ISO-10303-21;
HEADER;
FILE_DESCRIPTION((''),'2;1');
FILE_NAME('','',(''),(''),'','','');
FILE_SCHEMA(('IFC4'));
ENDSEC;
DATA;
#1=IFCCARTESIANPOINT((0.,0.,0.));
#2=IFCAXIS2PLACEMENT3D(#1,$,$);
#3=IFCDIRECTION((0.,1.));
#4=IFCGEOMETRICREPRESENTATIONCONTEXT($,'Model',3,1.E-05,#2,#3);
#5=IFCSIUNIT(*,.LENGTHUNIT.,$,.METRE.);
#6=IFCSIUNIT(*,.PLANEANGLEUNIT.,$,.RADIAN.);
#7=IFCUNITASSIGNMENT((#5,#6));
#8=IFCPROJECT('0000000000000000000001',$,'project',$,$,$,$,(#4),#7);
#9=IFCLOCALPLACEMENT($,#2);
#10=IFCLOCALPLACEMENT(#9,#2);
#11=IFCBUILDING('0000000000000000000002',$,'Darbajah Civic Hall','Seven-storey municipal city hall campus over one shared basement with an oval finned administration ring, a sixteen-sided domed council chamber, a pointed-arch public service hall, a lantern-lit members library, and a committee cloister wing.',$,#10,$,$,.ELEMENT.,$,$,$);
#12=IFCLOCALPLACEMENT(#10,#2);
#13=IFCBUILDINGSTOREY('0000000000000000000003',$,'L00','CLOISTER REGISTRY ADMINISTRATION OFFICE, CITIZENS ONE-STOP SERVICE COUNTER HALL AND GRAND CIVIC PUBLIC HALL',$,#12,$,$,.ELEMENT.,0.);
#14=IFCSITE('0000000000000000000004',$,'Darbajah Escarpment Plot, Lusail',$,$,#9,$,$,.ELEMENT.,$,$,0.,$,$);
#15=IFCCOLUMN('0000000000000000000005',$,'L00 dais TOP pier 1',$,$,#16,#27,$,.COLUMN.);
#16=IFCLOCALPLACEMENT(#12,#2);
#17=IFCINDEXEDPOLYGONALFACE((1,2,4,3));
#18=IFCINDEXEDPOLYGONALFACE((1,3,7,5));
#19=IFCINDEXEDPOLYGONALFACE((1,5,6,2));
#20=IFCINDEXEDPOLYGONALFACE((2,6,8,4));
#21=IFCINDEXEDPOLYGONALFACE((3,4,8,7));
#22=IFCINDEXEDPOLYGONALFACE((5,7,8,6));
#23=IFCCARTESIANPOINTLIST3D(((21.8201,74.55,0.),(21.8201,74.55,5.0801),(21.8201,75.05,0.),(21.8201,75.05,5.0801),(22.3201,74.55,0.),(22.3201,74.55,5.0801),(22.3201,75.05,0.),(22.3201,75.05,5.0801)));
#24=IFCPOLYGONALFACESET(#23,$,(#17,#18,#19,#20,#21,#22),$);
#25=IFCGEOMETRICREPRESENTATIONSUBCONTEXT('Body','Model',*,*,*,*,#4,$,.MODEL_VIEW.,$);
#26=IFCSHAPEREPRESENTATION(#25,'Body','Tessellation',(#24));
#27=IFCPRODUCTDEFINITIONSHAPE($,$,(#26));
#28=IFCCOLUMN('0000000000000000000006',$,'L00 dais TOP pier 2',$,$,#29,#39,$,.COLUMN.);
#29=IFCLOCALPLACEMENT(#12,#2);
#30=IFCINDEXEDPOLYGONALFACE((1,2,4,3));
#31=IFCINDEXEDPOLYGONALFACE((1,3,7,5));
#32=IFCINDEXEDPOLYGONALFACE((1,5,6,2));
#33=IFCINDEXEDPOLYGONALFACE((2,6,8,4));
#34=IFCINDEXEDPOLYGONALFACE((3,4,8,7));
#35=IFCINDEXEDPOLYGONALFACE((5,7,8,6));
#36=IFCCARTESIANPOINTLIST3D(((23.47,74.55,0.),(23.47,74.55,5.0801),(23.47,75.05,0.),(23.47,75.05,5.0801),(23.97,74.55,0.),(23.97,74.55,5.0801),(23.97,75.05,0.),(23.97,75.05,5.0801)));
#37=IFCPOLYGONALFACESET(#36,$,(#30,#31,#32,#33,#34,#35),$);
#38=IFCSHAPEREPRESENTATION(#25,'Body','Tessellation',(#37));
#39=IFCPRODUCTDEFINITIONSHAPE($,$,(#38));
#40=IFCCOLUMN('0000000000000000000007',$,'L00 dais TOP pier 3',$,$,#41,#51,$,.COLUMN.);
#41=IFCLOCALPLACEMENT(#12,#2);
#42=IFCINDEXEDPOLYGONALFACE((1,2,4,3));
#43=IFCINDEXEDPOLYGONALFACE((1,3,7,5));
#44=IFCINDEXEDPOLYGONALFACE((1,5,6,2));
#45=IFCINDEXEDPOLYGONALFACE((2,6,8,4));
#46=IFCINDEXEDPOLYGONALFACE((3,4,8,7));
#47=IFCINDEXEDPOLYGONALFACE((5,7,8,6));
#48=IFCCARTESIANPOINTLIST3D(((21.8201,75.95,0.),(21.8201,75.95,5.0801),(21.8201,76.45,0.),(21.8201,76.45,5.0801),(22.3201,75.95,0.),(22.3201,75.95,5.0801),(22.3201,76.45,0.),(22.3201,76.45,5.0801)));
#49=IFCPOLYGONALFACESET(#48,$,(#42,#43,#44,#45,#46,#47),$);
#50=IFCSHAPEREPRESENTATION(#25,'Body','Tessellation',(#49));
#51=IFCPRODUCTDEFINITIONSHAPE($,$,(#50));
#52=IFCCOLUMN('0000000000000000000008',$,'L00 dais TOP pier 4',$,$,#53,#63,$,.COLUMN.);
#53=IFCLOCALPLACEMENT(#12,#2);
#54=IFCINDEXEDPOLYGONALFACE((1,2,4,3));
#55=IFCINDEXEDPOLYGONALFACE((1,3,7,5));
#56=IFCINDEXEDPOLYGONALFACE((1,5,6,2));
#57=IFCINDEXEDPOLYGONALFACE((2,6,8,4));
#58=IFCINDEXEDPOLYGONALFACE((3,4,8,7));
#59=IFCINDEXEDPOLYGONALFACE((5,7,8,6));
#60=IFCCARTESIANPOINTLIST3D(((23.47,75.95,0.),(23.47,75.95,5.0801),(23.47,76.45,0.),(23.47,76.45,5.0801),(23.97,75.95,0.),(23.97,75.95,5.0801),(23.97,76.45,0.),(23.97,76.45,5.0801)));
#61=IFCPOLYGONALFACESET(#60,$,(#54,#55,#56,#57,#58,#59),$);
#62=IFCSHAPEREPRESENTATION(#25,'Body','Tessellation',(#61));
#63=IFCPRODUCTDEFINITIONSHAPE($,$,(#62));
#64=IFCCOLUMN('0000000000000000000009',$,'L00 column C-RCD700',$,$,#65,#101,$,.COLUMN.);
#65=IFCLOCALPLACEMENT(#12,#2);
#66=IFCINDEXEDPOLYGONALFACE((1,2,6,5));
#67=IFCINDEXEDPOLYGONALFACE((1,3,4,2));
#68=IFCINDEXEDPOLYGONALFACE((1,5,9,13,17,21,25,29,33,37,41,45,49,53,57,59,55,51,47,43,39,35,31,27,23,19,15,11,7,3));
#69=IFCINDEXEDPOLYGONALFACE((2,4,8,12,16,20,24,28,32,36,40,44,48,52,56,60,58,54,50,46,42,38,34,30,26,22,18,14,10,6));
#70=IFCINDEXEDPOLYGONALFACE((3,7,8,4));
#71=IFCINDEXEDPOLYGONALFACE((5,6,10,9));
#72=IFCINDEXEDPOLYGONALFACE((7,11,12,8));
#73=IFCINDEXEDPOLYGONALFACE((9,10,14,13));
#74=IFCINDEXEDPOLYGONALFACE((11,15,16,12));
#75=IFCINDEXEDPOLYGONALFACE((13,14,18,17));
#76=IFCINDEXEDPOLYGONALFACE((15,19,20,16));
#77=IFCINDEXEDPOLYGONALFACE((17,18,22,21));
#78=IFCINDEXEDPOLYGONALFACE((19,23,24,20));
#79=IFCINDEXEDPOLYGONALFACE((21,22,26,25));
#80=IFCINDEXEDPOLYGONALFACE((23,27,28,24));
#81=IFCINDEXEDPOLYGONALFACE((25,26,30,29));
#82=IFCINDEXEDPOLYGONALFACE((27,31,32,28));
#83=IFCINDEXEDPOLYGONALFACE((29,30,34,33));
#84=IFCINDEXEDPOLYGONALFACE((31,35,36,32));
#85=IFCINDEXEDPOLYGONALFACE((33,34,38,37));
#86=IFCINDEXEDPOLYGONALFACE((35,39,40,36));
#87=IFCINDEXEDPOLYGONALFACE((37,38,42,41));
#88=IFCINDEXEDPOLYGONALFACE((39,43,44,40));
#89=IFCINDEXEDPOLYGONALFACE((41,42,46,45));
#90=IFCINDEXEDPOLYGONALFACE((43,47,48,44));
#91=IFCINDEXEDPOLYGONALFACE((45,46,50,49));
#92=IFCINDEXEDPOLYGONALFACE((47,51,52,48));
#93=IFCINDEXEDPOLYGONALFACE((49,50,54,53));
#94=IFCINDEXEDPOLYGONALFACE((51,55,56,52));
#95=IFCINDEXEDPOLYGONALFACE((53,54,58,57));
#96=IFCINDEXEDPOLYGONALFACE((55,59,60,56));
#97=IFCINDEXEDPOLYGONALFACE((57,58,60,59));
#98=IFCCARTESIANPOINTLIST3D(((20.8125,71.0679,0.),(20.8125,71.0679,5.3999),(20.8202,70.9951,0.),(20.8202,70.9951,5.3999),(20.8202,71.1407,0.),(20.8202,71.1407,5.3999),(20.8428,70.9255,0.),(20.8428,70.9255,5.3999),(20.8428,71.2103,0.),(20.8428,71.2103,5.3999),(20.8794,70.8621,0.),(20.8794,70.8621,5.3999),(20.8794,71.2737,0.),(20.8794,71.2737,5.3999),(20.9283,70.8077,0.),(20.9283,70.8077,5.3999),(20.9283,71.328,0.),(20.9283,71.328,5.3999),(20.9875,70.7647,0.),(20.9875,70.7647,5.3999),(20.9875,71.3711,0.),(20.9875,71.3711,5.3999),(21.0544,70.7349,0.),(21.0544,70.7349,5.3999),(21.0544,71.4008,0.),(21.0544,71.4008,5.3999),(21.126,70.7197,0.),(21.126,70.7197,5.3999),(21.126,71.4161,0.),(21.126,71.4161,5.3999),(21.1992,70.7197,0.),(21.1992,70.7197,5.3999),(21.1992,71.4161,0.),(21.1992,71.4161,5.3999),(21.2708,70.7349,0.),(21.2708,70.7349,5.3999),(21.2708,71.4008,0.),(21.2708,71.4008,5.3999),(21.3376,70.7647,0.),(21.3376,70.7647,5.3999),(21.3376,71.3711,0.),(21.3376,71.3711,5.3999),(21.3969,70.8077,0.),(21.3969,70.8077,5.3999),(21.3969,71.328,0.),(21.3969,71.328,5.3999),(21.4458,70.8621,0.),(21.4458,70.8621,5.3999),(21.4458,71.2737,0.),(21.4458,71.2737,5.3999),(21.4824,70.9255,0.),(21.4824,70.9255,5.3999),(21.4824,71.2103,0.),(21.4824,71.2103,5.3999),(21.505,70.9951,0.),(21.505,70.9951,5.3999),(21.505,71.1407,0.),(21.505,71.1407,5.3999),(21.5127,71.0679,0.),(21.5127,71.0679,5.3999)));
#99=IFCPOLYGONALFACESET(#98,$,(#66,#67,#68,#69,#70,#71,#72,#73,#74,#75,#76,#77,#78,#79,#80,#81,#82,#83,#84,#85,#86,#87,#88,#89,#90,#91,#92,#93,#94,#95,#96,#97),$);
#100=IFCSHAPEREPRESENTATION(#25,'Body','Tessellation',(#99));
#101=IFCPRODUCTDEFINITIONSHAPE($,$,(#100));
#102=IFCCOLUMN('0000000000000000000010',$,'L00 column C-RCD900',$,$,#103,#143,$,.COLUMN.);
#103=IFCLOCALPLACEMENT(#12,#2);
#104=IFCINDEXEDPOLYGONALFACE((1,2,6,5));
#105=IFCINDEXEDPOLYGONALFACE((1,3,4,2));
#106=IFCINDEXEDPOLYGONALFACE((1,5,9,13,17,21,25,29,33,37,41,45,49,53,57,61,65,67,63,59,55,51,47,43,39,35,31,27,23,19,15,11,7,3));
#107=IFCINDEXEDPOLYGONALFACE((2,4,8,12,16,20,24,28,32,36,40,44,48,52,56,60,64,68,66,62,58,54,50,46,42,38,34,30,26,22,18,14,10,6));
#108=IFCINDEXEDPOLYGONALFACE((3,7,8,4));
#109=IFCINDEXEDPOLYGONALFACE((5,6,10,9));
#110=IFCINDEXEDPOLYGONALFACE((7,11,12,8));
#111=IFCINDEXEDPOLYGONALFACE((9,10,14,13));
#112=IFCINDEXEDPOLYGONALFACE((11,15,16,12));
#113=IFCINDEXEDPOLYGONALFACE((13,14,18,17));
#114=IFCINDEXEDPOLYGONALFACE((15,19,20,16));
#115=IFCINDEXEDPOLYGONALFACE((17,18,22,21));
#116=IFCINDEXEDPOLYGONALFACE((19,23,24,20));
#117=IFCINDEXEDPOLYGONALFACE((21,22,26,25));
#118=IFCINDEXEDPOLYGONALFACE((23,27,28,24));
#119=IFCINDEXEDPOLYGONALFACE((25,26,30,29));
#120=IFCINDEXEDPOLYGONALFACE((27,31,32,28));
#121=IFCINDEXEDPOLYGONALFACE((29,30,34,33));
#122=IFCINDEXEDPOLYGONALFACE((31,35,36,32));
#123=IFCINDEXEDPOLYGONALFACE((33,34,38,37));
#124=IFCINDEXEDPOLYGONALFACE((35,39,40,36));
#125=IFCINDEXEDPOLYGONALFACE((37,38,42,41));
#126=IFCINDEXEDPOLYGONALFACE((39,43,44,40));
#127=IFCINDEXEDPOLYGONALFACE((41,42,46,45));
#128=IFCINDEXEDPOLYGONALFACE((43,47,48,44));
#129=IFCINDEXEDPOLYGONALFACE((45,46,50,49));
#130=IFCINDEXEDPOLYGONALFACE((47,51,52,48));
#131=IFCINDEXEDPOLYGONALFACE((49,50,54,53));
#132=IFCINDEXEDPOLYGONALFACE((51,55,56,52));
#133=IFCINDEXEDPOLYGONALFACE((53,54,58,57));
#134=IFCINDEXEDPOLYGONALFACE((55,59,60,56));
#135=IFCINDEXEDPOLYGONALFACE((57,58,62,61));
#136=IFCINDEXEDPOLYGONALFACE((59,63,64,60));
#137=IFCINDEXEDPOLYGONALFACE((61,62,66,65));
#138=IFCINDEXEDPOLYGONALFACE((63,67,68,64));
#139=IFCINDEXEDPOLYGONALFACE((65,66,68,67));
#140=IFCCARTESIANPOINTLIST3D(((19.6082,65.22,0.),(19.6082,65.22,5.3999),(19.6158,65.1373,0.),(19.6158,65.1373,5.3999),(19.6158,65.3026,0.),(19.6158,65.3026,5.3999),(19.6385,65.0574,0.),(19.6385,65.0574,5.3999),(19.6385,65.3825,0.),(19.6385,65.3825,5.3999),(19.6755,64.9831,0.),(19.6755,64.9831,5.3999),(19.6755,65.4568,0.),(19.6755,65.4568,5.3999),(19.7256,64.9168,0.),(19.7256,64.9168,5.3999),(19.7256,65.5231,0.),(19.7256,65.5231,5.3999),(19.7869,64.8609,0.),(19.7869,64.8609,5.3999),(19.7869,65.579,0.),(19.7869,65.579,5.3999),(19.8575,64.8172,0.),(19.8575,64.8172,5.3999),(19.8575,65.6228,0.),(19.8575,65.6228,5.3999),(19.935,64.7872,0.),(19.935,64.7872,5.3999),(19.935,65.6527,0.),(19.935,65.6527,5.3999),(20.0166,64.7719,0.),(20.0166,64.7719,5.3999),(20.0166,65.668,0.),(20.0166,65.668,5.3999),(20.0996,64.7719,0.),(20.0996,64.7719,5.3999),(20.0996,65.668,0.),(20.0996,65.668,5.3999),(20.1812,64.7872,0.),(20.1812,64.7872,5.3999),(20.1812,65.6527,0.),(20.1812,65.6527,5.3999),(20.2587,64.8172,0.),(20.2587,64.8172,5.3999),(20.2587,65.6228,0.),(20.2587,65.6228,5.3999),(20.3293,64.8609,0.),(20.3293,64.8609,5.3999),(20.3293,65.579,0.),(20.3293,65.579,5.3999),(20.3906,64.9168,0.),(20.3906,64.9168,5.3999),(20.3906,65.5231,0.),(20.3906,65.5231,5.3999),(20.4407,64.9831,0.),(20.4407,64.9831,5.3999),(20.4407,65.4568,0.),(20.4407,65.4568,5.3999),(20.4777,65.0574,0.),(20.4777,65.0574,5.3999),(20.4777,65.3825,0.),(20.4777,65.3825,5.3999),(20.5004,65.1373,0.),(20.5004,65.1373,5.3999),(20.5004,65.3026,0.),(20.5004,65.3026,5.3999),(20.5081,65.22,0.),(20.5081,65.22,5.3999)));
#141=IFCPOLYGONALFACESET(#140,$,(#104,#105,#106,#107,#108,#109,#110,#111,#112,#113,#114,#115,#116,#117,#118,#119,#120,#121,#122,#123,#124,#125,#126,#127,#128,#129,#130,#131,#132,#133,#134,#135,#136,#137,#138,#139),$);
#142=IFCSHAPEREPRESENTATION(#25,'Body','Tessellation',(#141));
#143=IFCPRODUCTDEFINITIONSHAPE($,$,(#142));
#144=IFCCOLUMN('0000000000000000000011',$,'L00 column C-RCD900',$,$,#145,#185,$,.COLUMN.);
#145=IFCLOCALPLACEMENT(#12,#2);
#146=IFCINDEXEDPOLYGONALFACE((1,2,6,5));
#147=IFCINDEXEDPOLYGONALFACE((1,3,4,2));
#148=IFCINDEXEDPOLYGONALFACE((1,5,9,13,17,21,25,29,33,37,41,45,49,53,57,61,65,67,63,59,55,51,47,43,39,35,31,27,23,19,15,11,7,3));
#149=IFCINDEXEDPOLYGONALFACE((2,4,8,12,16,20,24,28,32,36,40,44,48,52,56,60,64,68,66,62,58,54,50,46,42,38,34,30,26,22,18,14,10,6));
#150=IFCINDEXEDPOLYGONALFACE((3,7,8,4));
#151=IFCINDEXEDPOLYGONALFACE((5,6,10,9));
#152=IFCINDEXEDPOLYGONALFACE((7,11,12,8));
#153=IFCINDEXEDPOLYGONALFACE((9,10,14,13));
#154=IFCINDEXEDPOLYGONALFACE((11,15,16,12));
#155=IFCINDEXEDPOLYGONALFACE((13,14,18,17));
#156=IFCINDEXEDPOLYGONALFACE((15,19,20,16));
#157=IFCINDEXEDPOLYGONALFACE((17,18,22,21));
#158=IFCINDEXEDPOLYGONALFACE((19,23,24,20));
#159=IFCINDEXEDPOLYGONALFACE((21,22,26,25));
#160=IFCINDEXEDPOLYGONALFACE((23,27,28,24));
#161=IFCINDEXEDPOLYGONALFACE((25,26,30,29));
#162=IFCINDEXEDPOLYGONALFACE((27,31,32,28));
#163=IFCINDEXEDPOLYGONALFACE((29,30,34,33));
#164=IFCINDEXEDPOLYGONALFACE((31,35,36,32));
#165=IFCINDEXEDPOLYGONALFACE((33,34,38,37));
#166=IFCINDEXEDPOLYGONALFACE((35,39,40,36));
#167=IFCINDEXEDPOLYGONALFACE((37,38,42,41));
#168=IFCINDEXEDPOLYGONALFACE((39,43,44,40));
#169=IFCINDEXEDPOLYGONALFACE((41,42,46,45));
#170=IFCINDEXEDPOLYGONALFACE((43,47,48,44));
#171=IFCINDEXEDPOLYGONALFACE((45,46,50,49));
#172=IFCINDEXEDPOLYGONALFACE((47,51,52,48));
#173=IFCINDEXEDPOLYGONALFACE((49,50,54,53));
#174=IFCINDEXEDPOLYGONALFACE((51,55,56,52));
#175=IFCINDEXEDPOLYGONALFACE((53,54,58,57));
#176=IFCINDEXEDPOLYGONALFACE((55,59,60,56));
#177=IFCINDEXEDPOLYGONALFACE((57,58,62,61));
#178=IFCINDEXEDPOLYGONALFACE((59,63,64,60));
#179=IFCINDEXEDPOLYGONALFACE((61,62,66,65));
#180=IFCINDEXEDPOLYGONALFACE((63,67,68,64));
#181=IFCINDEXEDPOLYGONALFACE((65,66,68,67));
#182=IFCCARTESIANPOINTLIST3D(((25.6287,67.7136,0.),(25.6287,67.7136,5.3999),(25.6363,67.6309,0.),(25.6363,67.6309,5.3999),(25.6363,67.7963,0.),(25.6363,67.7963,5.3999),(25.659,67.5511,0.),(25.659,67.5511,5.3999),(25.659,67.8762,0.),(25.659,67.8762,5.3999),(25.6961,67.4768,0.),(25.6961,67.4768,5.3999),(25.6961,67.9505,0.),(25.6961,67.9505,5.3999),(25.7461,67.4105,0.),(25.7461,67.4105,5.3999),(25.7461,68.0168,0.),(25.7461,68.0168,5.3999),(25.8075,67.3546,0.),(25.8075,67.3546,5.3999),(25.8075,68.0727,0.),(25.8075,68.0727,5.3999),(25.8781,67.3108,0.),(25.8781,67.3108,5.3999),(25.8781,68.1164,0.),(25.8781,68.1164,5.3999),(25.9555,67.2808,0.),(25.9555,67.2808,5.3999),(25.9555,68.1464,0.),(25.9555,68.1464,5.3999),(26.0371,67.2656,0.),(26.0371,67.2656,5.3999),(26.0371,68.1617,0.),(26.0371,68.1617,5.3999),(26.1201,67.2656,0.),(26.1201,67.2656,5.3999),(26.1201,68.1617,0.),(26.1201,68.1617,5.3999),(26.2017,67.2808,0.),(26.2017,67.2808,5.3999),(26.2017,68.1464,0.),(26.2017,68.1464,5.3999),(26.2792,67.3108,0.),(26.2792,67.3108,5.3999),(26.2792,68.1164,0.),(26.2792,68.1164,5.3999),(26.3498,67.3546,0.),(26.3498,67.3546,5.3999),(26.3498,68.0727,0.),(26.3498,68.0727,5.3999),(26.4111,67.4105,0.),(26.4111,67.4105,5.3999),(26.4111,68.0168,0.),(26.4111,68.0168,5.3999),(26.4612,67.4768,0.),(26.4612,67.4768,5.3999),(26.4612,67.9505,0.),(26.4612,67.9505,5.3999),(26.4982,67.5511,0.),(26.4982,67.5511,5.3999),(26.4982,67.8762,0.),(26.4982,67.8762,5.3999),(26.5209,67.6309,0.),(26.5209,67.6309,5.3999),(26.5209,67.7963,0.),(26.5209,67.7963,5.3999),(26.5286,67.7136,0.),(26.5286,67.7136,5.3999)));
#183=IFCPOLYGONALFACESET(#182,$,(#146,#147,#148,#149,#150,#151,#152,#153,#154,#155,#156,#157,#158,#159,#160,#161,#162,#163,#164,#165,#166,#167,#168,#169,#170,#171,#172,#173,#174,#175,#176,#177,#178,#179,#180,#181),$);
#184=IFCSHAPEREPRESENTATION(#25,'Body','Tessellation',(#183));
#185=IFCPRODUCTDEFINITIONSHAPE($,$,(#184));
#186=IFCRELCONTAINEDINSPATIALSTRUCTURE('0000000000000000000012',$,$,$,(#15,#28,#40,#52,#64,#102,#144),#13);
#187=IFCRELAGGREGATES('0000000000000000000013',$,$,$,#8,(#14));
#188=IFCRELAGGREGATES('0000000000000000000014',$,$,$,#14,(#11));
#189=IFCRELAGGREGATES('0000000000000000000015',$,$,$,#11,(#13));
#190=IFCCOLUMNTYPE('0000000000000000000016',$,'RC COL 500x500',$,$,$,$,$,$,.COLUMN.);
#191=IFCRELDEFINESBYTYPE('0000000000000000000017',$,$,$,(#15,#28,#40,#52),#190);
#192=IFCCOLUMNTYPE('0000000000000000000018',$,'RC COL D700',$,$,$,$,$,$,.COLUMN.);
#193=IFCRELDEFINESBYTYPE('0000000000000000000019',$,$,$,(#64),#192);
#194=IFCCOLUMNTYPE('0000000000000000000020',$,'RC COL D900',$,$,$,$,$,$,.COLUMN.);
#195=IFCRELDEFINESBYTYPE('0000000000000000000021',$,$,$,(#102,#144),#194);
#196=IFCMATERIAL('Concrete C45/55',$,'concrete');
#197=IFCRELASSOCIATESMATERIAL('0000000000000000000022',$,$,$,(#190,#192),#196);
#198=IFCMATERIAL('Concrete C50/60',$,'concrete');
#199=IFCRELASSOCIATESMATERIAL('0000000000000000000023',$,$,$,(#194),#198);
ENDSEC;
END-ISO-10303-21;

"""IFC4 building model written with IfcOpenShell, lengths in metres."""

from ifc_helpers import new_model, si_unit, direction, frame, origin, origin_2d, place, context, subcontext, project, spatial, rectangle, circle, extrude, material, material_profile, profile_set, type_object, element, save


model = new_model("IFC4")

# Units and contexts
model_context = context("Model", 3, precision=1e-05, world=origin(), true_north=direction((0.0, 1.0)))
body_context = subcontext(model_context, "Body", "Model", "MODEL_VIEW")
ifc_project = project(units=[si_unit("LENGTHUNIT", "METRE"), si_unit("PLANEANGLEUNIT", "RADIAN")], contexts=[model_context])

# Site, building, storey
site_placement = place(None, origin())
site = spatial("IfcSite", under=ifc_project, at=site_placement, Name="Darbajah Escarpment Plot, Lusail", CompositionType="ELEMENT", RefElevation=0.0)
building_placement = place(site_placement, origin())
building = spatial("IfcBuilding", under=site, at=building_placement, Name="Darbajah Civic Hall", Description="Seven-storey municipal city hall campus over one shared basement with an oval finned administration ring, a sixteen-sided domed council chamber, a pointed-arch public service hall, a lantern-lit members library, and a committee cloister wing.", CompositionType="ELEMENT")
storey_placement = place(building_placement, origin())
storey = spatial("IfcBuildingStorey", under=building, at=storey_placement, Name="L00", Description="CLOISTER REGISTRY ADMINISTRATION OFFICE, CITIZENS ONE-STOP SERVICE COUNTER HALL AND GRAND CIVIC PUBLIC HALL", CompositionType="ELEMENT", Elevation=0.0)

# Columns
ifc_material_1 = material(Name="Concrete C45/55", Category="concrete")
ifc_material_profile_1 = material_profile(ifc_material_1, rectangle(XDim=0.5, YDim=0.5, at=origin_2d()), Name="RC COL 500x500")
ifc_profile_set_1 = profile_set([ifc_material_profile_1], Name="Concrete C45/55")
column_type_1 = type_object("IfcColumnType", Name="RC COL 500x500", PredefinedType="COLUMN", material=ifc_profile_set_1)
for number, where, z_axis, x_axis, name in (
    (1, (22.0701, 74.8, 0.0), (0.0, 0.0, 1.0), (1.0, 0.0, 0.0), "L00 dais TOP pier 1"),
    (2, (23.72, 74.8, 0.0), (0.0, 0.0, 1.0), (1.0, 0.0, 0.0), "L00 dais TOP pier 2"),
    (3, (22.0701, 76.2, 0.0), (0.0, 0.0, 1.0), (1.0, 0.0, 0.0), "L00 dais TOP pier 3"),
    (4, (23.72, 76.2, 0.0), (0.0, 0.0, 1.0), (1.0, 0.0, 0.0), "L00 dais TOP pier 4"),
):
    element("IfcColumn", number, at=place(storey_placement, frame(where, z_axis=z_axis, x_axis=x_axis)), inside=storey, type_object=column_type_1, Name=name, PredefinedType="COLUMN", context=body_context, shape_type="SweptSolid", body=[
        extrude(rectangle(XDim=0.5, YDim=0.5, at=origin_2d()), origin(), (0.0, 0.0, 1.0), 5.0801),
    ])
ifc_material_profile_2 = material_profile(ifc_material_1, circle(Radius=0.3501, at=origin_2d()), Name="RC COL D700")
ifc_profile_set_2 = profile_set([ifc_material_profile_2], Name="Concrete C45/55")
column_type_2 = type_object("IfcColumnType", Name="RC COL D700", PredefinedType="COLUMN", material=ifc_profile_set_2)
column_placement = place(storey_placement, frame((21.1626, 71.0679, 0.0), z_axis=(0.0, 0.0, 1.0), x_axis=(1.0, 0.0, 0.0)))
element("IfcColumn", 5, at=column_placement, inside=storey, type_object=column_type_2, Name="L00 column C-RCD700", PredefinedType="COLUMN", context=body_context, shape_type="SweptSolid", body=[
    extrude(circle(Radius=0.3501, at=origin_2d()), origin(), (0.0, 0.0, 1.0), 5.3999),
])
ifc_material_2 = material(Name="Concrete C50/60", Category="concrete")
ifc_material_profile_3 = material_profile(ifc_material_2, circle(Radius=0.45, at=origin_2d()), Name="RC COL D900")
ifc_profile_set_3 = profile_set([ifc_material_profile_3], Name="Concrete C50/60")
column_type_3 = type_object("IfcColumnType", Name="RC COL D900", PredefinedType="COLUMN", material=ifc_profile_set_3)
for number, where, z_axis, x_axis, name in (
    (6, (20.0581, 65.22, 0.0), (0.0, 0.0, 1.0), (1.0, 0.0, 0.0), "L00 column C-RCD900"),
    (7, (26.0786, 67.7136, 0.0), (0.0, 0.0, 1.0), (1.0, 0.0, 0.0), "L00 column C-RCD900"),
):
    element("IfcColumn", number, at=place(storey_placement, frame(where, z_axis=z_axis, x_axis=x_axis)), inside=storey, type_object=column_type_3, Name=name, PredefinedType="COLUMN", context=body_context, shape_type="SweptSolid", body=[
        extrude(circle(Radius=0.45, at=origin_2d()), origin(), (0.0, 0.0, 1.0), 5.3999),
    ])

save(model, "model.ifc")
